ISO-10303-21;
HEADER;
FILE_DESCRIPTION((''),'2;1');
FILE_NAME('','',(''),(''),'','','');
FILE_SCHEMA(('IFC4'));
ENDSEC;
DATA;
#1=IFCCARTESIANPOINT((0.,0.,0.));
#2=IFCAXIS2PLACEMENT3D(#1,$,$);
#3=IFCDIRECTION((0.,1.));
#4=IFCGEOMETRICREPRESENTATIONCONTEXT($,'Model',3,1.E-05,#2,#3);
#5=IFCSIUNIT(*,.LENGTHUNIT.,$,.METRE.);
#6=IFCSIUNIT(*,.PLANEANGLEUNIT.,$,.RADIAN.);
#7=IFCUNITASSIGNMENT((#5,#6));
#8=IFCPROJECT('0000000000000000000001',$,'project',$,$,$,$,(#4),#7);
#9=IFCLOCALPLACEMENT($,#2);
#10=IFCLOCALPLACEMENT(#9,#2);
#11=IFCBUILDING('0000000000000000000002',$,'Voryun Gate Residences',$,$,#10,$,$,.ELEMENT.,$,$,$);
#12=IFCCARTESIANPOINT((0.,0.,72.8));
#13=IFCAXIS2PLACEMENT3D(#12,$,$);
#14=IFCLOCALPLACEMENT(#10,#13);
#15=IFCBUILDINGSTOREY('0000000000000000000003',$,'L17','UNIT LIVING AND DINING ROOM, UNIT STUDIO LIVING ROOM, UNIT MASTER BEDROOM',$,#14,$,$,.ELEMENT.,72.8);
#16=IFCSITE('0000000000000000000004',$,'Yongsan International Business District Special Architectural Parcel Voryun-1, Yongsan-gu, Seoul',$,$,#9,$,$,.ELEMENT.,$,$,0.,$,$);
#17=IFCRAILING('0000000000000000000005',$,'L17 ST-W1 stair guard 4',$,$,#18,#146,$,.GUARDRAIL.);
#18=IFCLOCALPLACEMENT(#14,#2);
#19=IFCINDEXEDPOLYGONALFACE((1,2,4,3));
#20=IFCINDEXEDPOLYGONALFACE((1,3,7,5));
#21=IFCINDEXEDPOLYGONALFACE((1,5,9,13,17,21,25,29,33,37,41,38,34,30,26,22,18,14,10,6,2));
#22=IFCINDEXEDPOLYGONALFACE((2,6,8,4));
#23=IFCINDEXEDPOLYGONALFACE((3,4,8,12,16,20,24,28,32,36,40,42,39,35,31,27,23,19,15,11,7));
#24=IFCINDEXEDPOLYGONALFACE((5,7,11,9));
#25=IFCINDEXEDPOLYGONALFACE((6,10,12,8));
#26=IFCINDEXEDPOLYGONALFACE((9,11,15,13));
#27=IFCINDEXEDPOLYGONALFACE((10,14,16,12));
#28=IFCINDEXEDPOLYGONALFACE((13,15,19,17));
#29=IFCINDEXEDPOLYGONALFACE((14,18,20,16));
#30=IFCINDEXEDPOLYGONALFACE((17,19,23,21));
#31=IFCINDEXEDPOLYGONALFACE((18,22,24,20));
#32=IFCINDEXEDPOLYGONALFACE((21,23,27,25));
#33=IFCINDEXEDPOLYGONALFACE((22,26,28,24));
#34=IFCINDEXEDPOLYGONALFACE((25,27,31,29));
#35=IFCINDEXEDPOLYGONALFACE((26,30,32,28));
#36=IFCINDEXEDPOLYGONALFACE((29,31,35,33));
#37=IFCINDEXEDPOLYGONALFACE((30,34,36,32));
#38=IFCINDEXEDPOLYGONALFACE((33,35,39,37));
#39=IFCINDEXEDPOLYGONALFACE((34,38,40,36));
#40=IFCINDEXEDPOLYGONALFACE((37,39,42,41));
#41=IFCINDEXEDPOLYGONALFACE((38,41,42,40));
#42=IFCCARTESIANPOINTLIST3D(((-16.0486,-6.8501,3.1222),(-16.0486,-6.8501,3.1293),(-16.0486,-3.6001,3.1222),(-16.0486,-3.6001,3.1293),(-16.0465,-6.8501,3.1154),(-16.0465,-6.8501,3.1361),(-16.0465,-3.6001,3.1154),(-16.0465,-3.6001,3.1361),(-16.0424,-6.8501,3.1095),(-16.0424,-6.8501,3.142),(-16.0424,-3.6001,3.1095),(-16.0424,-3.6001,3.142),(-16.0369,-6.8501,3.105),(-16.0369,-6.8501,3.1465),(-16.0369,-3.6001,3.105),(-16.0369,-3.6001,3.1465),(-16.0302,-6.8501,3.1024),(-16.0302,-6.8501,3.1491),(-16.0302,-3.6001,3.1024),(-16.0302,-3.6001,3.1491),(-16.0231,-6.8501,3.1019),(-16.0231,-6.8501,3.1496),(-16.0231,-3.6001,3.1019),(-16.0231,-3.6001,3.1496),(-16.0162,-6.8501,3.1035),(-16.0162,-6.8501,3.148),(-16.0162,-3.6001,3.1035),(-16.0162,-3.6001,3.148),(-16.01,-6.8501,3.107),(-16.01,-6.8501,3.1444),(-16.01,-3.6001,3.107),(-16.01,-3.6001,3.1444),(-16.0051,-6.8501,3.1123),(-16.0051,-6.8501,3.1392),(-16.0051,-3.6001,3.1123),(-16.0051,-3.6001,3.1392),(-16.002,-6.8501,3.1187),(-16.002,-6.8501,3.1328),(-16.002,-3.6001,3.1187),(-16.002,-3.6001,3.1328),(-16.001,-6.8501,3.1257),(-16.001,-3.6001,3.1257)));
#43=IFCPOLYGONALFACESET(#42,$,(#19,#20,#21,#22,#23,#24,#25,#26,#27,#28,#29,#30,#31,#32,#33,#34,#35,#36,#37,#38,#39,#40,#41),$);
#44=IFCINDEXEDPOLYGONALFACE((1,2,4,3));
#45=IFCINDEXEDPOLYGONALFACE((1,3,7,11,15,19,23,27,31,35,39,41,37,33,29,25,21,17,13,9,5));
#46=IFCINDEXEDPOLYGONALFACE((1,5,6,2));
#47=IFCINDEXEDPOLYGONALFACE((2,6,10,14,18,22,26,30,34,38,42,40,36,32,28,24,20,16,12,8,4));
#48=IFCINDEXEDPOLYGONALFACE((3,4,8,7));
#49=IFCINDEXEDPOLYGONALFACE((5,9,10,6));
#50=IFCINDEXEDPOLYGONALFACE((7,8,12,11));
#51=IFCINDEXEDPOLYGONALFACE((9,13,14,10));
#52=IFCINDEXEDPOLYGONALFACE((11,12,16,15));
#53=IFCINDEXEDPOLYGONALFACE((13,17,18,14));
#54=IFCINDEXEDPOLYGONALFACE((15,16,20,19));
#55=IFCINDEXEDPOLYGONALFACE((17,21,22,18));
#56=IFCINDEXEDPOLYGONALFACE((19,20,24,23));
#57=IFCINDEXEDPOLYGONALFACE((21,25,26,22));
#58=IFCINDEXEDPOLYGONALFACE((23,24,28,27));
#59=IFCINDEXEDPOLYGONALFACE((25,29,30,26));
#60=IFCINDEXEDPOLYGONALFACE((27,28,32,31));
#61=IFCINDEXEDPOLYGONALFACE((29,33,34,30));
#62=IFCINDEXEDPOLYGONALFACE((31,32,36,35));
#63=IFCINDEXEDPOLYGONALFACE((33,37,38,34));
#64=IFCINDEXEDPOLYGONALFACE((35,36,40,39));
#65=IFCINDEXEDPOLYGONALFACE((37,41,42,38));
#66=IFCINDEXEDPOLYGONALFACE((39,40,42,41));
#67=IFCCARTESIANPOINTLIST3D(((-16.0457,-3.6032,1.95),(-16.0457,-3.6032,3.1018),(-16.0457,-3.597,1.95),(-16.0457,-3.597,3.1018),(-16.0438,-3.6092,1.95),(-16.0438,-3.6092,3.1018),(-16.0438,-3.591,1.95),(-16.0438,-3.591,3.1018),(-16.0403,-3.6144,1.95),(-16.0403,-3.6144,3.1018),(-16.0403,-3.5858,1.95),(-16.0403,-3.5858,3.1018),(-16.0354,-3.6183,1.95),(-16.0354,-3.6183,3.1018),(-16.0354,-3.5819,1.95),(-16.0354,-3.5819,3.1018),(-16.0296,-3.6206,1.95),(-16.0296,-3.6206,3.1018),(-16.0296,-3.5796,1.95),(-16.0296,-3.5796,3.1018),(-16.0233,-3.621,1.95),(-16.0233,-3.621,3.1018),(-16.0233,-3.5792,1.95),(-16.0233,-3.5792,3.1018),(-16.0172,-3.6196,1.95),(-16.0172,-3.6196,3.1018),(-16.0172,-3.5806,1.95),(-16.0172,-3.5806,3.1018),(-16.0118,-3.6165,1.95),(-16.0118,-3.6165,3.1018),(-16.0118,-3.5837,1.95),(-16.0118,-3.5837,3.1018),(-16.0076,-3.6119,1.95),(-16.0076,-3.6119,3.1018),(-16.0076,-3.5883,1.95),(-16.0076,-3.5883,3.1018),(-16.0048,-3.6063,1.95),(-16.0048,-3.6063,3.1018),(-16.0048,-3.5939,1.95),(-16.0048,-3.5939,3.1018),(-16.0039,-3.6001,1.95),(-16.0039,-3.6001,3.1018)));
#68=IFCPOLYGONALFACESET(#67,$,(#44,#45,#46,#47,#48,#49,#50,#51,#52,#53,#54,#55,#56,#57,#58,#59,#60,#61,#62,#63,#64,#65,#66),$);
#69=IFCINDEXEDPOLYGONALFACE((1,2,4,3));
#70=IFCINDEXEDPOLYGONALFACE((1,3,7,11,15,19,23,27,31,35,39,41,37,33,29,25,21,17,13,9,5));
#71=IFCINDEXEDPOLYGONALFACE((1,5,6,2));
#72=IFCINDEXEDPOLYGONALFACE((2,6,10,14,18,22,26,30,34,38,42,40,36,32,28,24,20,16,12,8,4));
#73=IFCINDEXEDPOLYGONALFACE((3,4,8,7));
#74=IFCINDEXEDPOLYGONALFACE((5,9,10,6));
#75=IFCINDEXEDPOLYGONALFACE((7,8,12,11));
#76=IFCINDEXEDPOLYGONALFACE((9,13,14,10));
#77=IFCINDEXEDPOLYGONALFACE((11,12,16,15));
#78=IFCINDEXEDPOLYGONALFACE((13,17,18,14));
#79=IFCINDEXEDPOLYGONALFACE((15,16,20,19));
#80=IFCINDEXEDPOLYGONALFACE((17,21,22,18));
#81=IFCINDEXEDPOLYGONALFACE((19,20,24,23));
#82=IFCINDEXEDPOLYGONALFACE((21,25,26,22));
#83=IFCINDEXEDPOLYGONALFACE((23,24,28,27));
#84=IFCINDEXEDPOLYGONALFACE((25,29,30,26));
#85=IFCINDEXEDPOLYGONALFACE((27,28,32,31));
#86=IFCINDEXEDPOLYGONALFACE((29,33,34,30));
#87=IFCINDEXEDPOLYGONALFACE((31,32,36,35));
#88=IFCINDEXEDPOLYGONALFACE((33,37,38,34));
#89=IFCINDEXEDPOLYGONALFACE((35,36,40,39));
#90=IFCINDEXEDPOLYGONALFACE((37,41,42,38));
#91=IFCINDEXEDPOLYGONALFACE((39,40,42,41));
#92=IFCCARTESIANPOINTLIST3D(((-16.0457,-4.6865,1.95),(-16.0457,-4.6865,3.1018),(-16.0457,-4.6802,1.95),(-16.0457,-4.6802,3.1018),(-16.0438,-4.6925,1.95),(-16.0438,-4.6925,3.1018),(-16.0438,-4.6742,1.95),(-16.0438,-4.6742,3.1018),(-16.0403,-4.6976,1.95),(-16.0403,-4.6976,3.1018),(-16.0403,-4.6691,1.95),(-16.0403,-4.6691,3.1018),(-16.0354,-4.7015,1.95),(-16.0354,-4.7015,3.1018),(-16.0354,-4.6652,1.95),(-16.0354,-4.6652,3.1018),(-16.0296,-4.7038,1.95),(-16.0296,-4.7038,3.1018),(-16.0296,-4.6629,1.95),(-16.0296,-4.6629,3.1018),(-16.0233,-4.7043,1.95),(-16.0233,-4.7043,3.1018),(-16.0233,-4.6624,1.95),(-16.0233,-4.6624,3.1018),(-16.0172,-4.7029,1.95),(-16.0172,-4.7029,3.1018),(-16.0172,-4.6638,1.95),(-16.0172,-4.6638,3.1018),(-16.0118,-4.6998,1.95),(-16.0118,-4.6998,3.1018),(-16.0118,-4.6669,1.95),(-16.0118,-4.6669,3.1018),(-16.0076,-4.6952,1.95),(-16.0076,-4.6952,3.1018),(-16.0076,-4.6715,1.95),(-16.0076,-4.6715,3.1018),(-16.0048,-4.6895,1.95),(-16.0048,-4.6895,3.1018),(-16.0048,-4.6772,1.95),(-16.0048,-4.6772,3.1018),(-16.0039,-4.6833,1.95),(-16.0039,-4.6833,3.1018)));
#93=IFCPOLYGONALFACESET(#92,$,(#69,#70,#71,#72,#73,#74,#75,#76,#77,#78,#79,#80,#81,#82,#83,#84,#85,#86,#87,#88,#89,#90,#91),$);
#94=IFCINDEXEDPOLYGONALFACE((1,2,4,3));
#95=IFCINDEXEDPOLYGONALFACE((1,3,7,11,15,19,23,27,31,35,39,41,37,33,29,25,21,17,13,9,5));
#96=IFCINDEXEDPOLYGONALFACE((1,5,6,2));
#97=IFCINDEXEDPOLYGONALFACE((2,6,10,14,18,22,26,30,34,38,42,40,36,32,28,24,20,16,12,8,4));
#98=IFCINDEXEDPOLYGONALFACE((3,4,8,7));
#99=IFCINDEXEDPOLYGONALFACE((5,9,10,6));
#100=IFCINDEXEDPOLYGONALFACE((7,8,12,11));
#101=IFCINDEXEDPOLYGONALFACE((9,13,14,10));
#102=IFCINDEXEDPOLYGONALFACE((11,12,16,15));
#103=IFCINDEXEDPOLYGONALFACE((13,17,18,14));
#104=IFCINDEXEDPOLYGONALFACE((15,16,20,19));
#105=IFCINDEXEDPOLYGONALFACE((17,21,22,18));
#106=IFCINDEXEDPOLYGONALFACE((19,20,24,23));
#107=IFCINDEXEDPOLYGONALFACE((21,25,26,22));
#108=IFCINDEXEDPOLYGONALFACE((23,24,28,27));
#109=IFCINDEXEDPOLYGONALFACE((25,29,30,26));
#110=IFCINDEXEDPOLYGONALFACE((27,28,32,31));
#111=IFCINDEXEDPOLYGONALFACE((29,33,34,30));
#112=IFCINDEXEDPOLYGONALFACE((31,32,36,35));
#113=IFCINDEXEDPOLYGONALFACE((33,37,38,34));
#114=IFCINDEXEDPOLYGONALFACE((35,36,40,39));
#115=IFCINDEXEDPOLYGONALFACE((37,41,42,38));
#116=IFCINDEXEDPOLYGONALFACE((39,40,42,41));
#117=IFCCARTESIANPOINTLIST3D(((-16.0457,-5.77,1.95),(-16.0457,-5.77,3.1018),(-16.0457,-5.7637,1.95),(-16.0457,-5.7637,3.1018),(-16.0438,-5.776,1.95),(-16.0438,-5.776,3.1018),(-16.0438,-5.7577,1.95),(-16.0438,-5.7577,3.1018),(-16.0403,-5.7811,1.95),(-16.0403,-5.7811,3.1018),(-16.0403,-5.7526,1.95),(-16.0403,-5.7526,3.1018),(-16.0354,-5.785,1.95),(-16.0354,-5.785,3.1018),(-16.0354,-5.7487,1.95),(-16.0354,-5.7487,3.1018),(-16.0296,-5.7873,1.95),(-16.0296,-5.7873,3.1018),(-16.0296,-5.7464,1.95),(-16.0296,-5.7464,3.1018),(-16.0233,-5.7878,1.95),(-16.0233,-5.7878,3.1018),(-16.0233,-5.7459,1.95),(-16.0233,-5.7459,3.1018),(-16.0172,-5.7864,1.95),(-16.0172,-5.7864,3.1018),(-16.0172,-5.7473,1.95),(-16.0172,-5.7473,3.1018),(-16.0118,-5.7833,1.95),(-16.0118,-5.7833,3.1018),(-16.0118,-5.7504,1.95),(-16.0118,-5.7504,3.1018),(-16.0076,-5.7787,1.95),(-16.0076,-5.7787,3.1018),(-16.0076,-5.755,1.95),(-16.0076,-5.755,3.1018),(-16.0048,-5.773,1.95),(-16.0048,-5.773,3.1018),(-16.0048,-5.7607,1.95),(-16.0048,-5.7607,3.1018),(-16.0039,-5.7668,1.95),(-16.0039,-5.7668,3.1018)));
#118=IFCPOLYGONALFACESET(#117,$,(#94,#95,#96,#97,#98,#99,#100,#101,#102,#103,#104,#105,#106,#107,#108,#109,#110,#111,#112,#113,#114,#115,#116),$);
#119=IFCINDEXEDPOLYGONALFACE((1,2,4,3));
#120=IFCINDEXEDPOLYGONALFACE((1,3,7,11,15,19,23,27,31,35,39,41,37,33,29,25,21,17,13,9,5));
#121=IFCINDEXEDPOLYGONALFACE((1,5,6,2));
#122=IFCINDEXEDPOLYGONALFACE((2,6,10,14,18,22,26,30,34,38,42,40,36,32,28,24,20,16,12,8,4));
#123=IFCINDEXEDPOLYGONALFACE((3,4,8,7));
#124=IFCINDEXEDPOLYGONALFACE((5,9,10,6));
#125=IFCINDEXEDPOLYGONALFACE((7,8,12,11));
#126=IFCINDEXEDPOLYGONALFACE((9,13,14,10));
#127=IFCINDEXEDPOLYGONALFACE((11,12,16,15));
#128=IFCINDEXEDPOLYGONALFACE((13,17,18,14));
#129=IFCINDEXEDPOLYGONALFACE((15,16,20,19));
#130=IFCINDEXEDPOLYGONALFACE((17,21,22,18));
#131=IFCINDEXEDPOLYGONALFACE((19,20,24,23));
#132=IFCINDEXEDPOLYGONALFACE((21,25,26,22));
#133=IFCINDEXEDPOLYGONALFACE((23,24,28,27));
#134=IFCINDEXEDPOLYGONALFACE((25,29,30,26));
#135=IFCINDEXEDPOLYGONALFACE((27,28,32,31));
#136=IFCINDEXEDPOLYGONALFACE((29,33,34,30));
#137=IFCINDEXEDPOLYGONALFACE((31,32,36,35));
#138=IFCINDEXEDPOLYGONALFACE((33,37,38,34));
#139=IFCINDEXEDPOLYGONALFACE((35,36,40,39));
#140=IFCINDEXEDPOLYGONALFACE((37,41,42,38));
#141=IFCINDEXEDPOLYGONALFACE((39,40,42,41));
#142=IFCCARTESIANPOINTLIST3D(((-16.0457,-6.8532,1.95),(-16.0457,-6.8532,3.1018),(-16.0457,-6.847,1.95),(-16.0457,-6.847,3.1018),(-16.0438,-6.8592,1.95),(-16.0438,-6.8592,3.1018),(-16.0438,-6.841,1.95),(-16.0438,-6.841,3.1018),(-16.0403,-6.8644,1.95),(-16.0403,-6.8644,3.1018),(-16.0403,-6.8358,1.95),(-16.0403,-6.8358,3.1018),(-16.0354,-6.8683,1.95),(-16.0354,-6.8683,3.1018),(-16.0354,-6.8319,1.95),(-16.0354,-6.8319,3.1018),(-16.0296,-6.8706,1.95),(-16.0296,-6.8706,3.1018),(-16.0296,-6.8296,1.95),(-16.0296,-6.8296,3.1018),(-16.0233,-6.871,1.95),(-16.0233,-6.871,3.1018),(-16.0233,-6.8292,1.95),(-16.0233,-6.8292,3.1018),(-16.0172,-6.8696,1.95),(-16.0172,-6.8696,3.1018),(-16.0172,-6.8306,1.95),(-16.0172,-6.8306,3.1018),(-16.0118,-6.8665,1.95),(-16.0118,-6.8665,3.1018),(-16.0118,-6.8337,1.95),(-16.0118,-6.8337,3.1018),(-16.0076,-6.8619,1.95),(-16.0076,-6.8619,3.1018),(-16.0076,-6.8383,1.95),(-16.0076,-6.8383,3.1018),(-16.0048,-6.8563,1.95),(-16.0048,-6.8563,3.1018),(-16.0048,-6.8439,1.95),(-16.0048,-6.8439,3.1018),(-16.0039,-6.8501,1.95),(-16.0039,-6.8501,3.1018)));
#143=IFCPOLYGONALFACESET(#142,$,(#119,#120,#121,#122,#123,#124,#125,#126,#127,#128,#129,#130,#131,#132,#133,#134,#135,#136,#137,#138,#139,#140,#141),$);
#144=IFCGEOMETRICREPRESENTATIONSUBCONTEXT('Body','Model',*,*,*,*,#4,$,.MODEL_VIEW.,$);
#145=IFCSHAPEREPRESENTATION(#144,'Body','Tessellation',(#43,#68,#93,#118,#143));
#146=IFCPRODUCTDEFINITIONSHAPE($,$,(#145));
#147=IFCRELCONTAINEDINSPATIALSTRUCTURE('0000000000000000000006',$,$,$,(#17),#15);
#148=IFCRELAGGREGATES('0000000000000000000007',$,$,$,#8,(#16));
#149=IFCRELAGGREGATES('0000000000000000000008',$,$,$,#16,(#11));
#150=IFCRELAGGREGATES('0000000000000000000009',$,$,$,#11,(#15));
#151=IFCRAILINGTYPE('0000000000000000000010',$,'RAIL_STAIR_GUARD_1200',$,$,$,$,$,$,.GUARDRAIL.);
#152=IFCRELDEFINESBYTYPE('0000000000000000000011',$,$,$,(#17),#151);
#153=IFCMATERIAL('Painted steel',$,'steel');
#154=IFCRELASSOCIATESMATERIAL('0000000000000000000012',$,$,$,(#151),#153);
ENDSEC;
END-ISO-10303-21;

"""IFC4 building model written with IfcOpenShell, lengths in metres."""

from ifc_helpers import new_model, si_unit, direction, frame, origin, origin_2d, place, context, subcontext, project, spatial, circle, extrude, material, type_object, element, save


model = new_model("IFC4")

# Units and contexts
model_context = context("Model", 3, precision=1e-05, world=origin(), true_north=direction((0.0, 1.0)))
body_context = subcontext(model_context, "Body", "Model", "MODEL_VIEW")
ifc_project = project(units=[si_unit("LENGTHUNIT", "METRE"), si_unit("PLANEANGLEUNIT", "RADIAN")], contexts=[model_context])

# Site, building, storey
site_placement = place(None, origin())
site = spatial("IfcSite", under=ifc_project, at=site_placement, Name="Yongsan International Business District Special Architectural Parcel Voryun-1, Yongsan-gu, Seoul", CompositionType="ELEMENT", RefElevation=0.0)
building_placement = place(site_placement, origin())
building = spatial("IfcBuilding", under=site, at=building_placement, Name="Voryun Gate Residences", CompositionType="ELEMENT")
storey_placement = place(building_placement, frame((0.0, 0.0, 72.8)))
storey = spatial("IfcBuildingStorey", under=building, at=storey_placement, Name="L17", Description="UNIT LIVING AND DINING ROOM, UNIT STUDIO LIVING ROOM, UNIT MASTER BEDROOM", CompositionType="ELEMENT", Elevation=72.8)

# Railing
ifc_material_1 = material(Name="Painted steel", Category="steel")
railing_type_1 = type_object("IfcRailingType", Name="RAIL_STAIR_GUARD_1200", PredefinedType="GUARDRAIL", material=ifc_material_1)
for number, where, name in (
    (1, (-16.0249, -3.6001, 1.95), "L17 ST-W1 stair guard 4"),
):
    element("IfcRailing", number, at=place(storey_placement, frame(where)), inside=storey, type_object=railing_type_1, Name=name, PredefinedType="GUARDRAIL", context=body_context, shape_type="SweptSolid", body=[
        extrude(circle(Radius=0.0239, at=origin_2d()), frame((0.0, 0.0, 1.1758), z_axis=(0.0, -1.0, 0.0), x_axis=(1.0, 0.0, 0.0)), (0.0, 0.0, 1.0), 3.25),
        extrude(circle(Radius=0.021, at=origin_2d()), origin(), (0.0, 0.0, 1.0), 1.1519),
        extrude(circle(Radius=0.021, at=origin_2d()), frame((0.0, -1.0833, 0.0)), (0.0, 0.0, 1.0), 1.1519),
        extrude(circle(Radius=0.021, at=origin_2d()), frame((0.0, -2.1667, 0.0)), (0.0, 0.0, 1.0), 1.1519),
        extrude(circle(Radius=0.021, at=origin_2d()), frame((0.0, -3.25, 0.0)), (0.0, 0.0, 1.0), 1.1519),
    ])

save(model, "model.ifc")
